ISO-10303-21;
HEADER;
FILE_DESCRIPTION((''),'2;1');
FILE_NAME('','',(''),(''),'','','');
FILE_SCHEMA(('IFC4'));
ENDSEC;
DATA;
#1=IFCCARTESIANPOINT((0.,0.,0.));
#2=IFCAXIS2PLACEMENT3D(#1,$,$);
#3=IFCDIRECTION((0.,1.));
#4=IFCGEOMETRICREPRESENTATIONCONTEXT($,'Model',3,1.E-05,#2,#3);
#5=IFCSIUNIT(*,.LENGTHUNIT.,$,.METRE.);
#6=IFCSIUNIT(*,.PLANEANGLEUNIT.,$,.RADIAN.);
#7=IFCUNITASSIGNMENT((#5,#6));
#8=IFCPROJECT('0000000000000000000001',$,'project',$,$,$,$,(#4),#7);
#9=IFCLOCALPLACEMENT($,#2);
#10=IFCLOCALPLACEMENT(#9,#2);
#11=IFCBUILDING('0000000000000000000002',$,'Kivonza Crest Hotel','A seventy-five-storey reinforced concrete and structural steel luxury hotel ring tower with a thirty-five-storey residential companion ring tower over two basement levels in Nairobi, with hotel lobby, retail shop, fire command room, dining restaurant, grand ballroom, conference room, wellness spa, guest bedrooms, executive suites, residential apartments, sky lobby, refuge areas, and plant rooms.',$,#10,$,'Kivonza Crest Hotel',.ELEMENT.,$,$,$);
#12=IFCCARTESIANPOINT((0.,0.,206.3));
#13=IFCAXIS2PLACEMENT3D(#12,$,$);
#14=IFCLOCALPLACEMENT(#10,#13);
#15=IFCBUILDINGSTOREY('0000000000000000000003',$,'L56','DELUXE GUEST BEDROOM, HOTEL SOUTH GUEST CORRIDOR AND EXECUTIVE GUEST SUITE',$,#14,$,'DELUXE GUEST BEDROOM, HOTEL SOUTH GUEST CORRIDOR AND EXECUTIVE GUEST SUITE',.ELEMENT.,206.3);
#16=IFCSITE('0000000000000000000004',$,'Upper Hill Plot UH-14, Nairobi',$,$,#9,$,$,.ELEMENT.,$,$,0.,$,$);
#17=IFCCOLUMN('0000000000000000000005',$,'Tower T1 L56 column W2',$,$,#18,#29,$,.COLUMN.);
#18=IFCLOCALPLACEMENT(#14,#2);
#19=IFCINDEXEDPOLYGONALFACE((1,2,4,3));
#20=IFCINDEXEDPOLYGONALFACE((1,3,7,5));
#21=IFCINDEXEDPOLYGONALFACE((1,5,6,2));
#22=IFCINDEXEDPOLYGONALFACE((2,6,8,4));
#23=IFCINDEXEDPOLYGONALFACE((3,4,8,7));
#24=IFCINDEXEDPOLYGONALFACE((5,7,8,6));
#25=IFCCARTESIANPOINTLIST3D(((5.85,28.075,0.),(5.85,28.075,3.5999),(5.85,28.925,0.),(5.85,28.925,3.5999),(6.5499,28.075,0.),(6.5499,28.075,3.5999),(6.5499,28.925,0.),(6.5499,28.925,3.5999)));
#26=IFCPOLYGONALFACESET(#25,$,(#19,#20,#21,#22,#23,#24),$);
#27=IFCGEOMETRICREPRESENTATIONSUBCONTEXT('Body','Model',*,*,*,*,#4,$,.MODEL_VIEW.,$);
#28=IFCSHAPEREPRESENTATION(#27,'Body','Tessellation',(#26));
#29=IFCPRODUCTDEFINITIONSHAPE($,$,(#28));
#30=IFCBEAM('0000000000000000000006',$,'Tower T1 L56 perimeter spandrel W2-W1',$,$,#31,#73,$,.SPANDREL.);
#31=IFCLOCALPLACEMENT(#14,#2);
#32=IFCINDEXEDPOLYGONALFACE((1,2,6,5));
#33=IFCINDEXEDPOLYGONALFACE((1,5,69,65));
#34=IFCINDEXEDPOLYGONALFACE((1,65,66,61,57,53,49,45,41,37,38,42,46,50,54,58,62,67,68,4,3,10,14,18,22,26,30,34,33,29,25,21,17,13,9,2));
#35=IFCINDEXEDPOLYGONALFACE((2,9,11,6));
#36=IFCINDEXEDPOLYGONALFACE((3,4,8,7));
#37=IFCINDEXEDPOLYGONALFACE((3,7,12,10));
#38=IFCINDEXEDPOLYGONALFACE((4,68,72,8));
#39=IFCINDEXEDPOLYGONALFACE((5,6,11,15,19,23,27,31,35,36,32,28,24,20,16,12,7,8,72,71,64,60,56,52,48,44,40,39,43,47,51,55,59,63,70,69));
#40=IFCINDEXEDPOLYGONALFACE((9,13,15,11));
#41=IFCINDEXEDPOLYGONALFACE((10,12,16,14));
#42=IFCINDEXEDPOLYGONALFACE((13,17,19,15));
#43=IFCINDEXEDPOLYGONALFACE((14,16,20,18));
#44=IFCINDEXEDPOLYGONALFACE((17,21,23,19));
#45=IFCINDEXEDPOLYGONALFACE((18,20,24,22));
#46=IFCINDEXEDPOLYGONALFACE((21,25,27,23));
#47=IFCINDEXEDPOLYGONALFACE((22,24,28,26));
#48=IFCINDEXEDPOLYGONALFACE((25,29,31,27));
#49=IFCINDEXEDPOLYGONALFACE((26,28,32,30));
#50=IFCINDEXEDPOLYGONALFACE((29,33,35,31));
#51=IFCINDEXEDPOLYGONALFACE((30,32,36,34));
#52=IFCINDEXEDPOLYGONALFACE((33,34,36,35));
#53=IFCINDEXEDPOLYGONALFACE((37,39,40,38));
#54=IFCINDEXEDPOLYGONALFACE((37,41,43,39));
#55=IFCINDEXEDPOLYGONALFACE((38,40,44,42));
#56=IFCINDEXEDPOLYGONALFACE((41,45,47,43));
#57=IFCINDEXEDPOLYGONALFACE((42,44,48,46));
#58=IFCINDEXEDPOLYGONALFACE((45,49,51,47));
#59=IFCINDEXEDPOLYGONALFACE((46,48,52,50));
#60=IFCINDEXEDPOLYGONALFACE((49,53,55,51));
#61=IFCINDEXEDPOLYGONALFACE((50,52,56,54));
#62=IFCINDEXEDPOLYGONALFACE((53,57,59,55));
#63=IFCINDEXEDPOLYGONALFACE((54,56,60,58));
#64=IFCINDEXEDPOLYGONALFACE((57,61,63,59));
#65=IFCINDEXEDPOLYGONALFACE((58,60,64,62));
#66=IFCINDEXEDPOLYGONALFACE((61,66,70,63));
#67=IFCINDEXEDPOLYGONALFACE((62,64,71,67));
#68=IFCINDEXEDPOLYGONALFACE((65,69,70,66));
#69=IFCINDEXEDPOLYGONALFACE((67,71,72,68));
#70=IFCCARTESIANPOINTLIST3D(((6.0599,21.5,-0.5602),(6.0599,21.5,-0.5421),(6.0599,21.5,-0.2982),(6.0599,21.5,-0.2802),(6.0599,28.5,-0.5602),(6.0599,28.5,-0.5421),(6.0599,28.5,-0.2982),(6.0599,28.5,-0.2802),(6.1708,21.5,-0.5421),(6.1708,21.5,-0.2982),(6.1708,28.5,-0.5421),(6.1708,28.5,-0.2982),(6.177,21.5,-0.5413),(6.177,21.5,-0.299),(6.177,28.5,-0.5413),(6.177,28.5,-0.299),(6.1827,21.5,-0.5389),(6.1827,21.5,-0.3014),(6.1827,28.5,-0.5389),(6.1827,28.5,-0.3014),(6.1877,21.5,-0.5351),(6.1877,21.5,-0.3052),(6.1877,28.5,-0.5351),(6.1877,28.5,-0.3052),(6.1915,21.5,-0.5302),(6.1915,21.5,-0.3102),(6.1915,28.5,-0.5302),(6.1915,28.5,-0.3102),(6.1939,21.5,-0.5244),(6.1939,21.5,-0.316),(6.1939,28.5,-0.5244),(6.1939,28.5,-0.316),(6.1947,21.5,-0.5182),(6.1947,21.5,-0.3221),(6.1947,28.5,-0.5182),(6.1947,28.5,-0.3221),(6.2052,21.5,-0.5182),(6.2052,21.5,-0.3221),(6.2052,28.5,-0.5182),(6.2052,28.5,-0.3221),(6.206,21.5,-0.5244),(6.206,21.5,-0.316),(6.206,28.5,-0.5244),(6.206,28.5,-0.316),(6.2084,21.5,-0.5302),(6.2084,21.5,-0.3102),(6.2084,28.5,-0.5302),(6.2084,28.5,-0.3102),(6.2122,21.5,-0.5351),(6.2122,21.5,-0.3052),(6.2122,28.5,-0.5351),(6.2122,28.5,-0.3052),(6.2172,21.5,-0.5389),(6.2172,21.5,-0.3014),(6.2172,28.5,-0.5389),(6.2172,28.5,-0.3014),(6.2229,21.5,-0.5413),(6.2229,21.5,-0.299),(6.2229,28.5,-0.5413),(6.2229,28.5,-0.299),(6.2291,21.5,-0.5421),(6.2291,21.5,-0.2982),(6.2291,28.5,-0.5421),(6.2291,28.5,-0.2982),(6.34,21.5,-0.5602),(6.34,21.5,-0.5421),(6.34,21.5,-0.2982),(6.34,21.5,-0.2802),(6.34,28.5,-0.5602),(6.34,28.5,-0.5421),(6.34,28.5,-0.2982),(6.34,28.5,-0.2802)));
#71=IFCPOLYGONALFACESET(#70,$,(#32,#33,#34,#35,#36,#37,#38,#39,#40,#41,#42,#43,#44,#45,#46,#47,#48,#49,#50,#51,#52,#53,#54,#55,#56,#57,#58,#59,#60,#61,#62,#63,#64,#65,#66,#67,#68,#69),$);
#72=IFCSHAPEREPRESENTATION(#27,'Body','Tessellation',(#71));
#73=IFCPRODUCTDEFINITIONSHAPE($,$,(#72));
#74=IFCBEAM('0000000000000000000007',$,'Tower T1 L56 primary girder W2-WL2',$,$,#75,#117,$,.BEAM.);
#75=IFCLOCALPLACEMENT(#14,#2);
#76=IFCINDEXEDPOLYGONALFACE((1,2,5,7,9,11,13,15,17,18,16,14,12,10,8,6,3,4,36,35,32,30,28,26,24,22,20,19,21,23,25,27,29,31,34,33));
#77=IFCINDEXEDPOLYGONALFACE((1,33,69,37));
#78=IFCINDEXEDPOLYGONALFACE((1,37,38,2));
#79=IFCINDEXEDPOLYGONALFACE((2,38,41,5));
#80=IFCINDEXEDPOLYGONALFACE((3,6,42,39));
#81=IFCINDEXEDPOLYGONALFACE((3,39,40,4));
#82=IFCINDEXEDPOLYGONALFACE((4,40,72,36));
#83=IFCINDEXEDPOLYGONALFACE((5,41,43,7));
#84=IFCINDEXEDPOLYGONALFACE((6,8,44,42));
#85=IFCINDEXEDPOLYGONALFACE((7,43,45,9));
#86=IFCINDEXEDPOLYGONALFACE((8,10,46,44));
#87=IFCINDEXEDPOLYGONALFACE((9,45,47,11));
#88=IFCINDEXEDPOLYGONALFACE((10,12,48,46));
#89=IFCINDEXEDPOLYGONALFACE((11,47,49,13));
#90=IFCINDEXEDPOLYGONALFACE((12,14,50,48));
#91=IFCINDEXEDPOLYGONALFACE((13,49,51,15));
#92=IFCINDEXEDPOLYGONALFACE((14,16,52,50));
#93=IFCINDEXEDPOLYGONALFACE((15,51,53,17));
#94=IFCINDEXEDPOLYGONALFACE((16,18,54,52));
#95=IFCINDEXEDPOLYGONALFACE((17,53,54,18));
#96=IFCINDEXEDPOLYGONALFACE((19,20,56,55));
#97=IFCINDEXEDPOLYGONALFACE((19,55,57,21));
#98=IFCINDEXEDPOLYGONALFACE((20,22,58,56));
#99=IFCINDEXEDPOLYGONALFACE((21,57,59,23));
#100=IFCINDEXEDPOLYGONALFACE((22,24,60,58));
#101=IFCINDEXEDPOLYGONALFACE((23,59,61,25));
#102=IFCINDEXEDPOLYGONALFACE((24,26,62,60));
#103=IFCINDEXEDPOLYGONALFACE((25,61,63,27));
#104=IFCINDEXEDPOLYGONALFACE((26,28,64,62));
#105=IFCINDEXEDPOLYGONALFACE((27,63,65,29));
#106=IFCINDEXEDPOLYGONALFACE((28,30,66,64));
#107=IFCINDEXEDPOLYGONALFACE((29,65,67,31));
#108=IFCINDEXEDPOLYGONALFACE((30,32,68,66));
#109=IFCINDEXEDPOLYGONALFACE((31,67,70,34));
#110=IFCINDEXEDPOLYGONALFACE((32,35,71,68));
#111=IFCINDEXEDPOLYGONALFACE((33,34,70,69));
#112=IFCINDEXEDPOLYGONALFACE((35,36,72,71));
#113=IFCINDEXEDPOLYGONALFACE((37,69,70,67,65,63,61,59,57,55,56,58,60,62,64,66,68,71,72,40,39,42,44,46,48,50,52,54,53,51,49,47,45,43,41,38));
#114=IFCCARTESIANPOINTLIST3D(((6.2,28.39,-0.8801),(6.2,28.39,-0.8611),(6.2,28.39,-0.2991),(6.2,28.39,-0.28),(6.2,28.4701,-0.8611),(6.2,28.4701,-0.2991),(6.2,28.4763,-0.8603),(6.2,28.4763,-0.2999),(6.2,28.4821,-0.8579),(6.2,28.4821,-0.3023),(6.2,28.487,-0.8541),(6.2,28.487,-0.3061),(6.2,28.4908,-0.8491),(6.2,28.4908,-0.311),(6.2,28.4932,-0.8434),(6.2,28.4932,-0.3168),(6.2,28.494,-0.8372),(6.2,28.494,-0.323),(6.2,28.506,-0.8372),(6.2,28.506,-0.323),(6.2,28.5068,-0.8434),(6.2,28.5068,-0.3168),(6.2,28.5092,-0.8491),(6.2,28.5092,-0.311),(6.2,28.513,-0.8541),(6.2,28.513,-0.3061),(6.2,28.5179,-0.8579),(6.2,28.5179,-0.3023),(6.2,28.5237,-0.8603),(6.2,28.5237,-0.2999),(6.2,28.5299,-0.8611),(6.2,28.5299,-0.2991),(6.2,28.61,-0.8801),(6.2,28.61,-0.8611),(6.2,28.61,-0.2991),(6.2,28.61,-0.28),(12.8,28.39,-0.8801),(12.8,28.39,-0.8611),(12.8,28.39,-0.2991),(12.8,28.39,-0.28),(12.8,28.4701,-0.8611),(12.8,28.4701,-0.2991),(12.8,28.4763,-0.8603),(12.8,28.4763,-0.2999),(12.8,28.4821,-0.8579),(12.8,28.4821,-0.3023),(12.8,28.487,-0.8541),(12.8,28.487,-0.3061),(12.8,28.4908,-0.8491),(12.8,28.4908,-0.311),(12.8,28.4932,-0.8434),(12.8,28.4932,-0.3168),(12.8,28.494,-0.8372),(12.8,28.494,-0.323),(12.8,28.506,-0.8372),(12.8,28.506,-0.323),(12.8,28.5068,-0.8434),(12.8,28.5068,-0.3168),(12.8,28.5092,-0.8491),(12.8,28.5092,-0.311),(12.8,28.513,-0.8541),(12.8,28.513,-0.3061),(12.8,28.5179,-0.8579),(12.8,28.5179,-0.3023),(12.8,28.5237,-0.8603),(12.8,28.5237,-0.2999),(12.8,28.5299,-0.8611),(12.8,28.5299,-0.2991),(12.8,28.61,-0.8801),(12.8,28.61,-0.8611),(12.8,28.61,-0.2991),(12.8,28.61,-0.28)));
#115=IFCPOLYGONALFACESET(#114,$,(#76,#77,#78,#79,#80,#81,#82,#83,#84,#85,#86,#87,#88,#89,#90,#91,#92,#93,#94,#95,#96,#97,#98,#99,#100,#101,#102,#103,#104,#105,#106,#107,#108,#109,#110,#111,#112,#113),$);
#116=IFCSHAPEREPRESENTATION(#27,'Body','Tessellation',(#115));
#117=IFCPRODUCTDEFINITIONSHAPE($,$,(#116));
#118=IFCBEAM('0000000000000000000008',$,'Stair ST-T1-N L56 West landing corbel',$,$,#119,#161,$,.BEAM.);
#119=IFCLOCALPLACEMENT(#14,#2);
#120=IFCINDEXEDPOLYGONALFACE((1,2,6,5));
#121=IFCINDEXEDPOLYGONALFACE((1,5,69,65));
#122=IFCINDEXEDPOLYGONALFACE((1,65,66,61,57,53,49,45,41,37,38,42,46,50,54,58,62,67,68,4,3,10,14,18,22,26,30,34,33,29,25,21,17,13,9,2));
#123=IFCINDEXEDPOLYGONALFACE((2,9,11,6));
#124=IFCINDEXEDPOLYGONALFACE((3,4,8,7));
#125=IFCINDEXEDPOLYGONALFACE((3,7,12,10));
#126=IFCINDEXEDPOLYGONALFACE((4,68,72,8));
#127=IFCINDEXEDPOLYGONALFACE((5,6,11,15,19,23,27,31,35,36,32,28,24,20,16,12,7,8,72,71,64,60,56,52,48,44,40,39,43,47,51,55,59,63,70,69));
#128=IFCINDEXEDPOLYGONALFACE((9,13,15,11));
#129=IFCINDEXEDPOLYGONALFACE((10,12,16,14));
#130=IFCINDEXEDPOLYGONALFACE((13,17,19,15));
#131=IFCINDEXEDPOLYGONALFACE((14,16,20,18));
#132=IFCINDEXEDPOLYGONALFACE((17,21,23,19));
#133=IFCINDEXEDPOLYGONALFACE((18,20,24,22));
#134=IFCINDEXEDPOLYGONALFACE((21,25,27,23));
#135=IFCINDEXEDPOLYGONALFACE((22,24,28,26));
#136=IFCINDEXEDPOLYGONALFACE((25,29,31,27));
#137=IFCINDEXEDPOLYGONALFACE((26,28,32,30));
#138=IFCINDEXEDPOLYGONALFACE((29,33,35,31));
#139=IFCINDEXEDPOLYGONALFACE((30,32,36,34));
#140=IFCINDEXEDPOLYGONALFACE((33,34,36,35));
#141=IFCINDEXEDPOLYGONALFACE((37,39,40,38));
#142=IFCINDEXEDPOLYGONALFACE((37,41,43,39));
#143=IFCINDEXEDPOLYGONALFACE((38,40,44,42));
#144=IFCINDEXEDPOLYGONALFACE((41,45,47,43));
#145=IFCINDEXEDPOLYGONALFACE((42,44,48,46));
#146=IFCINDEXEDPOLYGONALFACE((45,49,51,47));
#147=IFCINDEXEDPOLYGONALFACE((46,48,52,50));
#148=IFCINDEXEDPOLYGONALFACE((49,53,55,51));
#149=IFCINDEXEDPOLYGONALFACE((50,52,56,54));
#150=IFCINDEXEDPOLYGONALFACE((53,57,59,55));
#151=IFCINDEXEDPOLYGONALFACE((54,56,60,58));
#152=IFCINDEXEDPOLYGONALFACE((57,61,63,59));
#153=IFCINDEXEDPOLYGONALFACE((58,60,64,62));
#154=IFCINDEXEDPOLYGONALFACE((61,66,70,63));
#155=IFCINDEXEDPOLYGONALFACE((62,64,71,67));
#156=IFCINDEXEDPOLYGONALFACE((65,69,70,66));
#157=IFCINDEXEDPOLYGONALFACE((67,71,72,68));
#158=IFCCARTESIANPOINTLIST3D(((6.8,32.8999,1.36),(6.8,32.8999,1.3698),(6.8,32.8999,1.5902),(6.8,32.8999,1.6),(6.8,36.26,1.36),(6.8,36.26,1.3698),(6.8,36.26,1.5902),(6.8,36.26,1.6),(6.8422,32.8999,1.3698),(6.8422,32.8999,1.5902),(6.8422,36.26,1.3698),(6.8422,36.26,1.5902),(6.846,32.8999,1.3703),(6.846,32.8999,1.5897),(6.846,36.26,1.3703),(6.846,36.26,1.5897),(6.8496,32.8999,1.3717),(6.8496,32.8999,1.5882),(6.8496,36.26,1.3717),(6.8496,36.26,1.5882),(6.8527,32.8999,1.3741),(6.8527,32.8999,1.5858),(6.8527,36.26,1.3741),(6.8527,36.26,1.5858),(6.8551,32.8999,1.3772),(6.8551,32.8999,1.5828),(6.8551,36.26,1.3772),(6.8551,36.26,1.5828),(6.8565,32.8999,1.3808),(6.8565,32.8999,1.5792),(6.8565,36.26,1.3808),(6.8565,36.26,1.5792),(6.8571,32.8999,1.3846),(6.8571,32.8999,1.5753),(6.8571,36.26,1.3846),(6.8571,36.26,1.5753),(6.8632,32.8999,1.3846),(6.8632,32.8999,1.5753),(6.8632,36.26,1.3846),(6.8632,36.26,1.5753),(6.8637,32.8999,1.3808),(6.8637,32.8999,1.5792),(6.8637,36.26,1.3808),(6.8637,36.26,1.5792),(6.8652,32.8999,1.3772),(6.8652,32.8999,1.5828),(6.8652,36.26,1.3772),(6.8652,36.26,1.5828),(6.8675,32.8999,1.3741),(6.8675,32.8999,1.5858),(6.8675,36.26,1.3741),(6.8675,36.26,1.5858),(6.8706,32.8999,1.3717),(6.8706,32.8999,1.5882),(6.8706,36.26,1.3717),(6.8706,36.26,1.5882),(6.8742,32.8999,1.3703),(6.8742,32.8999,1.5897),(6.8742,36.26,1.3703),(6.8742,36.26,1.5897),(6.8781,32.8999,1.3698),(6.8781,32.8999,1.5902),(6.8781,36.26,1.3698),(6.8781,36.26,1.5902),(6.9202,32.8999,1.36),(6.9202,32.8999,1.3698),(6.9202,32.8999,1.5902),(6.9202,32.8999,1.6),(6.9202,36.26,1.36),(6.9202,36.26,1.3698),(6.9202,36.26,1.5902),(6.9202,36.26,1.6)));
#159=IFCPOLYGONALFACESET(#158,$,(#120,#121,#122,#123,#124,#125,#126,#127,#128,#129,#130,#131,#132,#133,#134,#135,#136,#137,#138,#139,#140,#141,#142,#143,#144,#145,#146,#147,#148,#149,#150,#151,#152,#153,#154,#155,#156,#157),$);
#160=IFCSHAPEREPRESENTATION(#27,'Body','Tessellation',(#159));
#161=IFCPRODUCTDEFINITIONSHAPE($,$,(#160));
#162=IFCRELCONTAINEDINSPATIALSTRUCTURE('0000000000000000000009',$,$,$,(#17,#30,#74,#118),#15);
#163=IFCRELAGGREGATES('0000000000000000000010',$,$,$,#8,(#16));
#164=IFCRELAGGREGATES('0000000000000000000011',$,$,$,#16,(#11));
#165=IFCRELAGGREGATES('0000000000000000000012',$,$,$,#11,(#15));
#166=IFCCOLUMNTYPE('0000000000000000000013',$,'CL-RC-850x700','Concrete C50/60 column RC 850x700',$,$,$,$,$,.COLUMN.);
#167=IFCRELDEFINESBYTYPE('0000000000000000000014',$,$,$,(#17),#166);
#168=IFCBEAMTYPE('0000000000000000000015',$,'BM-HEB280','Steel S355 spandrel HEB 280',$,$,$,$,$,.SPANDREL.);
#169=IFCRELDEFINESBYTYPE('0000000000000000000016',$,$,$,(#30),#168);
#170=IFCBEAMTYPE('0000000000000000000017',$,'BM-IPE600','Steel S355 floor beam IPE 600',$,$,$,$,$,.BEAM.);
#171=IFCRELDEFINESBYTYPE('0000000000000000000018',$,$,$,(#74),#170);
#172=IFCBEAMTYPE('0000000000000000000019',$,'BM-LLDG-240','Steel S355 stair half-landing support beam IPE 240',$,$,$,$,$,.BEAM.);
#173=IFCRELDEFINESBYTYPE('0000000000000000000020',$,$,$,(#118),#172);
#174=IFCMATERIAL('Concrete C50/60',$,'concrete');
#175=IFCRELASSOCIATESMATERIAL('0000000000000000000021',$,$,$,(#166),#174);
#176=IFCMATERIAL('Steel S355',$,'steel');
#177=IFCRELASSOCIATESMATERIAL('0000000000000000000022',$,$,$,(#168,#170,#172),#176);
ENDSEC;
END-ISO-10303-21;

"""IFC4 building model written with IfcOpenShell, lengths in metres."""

from ifc_helpers import new_model, si_unit, direction, frame, origin, origin_2d, place, context, subcontext, project, spatial, rectangle, i_section, extrude, material, material_profile, profile_set, type_object, element, save


model = new_model("IFC4")

# Units and contexts
model_context = context("Model", 3, precision=1e-05, world=origin(), true_north=direction((0.0, 1.0)))
body_context = subcontext(model_context, "Body", "Model", "MODEL_VIEW")
ifc_project = project(units=[si_unit("LENGTHUNIT", "METRE"), si_unit("PLANEANGLEUNIT", "RADIAN")], contexts=[model_context])

# Site, building, storey
site_placement = place(None, origin())
site = spatial("IfcSite", under=ifc_project, at=site_placement, Name="Upper Hill Plot UH-14, Nairobi", CompositionType="ELEMENT", RefElevation=0.0)
building_placement = place(site_placement, origin())
building = spatial("IfcBuilding", under=site, at=building_placement, Name="Kivonza Crest Hotel", Description="A seventy-five-storey reinforced concrete and structural steel luxury hotel ring tower with a thirty-five-storey residential companion ring tower over two basement levels in Nairobi, with hotel lobby, retail shop, fire command room, dining restaurant, grand ballroom, conference room, wellness spa, guest bedrooms, executive suites, residential apartments, sky lobby, refuge areas, and plant rooms.", LongName="Kivonza Crest Hotel", CompositionType="ELEMENT")
storey_placement = place(building_placement, frame((0.0, 0.0, 206.3)))
storey = spatial("IfcBuildingStorey", under=building, at=storey_placement, Name="L56", Description="DELUXE GUEST BEDROOM, HOTEL SOUTH GUEST CORRIDOR AND EXECUTIVE GUEST SUITE", LongName="DELUXE GUEST BEDROOM, HOTEL SOUTH GUEST CORRIDOR AND EXECUTIVE GUEST SUITE", CompositionType="ELEMENT", Elevation=206.3)

# Column
ifc_material_1 = material(Name="Concrete C50/60", Category="concrete")
ifc_material_profile_1 = material_profile(ifc_material_1, rectangle(XDim=0.7, YDim=0.8501, at=origin_2d()), Name="RC 850x700")
ifc_profile_set_1 = profile_set([ifc_material_profile_1], Name="Concrete C50/60")
column_type = type_object("IfcColumnType", Name="CL-RC-850x700", Description="Concrete C50/60 column RC 850x700", PredefinedType="COLUMN", material=ifc_profile_set_1)
column_placement = place(storey_placement, frame((6.2, 28.5, 0.0), z_axis=(0.0, 0.0, 1.0), x_axis=(1.0, 0.0, 0.0)))
element("IfcColumn", 1, at=column_placement, inside=storey, type_object=column_type, Name="Tower T1 L56 column W2", PredefinedType="COLUMN", context=body_context, shape_type="SweptSolid", body=[
    extrude(rectangle(XDim=0.7, YDim=0.8501, at=origin_2d()), origin(), (0.0, 0.0, 1.0), 3.5999),
])

# Beams
ifc_material_2 = material(Name="Steel S355", Category="steel")
ifc_material_profile_2 = material_profile(ifc_material_2, i_section(OverallWidth=0.28, OverallDepth=0.28, WebThickness=0.0105, FlangeThickness=0.0181, FilletRadius=0.0239, at=origin_2d()), Name="HEB 280")
ifc_profile_set_2 = profile_set([ifc_material_profile_2], Name="Steel S355")
beam_type_1 = type_object("IfcBeamType", Name="BM-HEB280", Description="Steel S355 spandrel HEB 280", PredefinedType="SPANDREL", material=ifc_profile_set_2)
beam_1_placement = place(storey_placement, frame((6.2, 28.5, -0.4202), z_axis=(0.0, -1.0, 0.0), x_axis=(1.0, 0.0, 0.0)))
element("IfcBeam", 2, at=beam_1_placement, inside=storey, type_object=beam_type_1, Name="Tower T1 L56 perimeter spandrel W2-W1", PredefinedType="SPANDREL", context=body_context, shape_type="SweptSolid", body=[
    extrude(i_section(OverallWidth=0.28, OverallDepth=0.28, WebThickness=0.0105, FlangeThickness=0.0181, FilletRadius=0.0239, at=origin_2d()), origin(), (0.0, 0.0, 1.0), 7.0),
])
ifc_material_profile_3 = material_profile(ifc_material_2, i_section(OverallWidth=0.22, OverallDepth=0.6001, WebThickness=0.012, FlangeThickness=0.019, FilletRadius=0.0239, at=origin_2d()), Name="IPE 600")
ifc_profile_set_3 = profile_set([ifc_material_profile_3], Name="Steel S355")
beam_type_2 = type_object("IfcBeamType", Name="BM-IPE600", Description="Steel S355 floor beam IPE 600", PredefinedType="BEAM", material=ifc_profile_set_3)
beam_2_placement = place(storey_placement, frame((6.2, 28.5, -0.5801), z_axis=(1.0, 0.0, 0.0), x_axis=(0.0, 1.0, 0.0)))
element("IfcBeam", 3, at=beam_2_placement, inside=storey, type_object=beam_type_2, Name="Tower T1 L56 primary girder W2-WL2", PredefinedType="BEAM", context=body_context, shape_type="SweptSolid", body=[
    extrude(i_section(OverallWidth=0.22, OverallDepth=0.6001, WebThickness=0.012, FlangeThickness=0.019, FilletRadius=0.0239, at=origin_2d()), origin(), (0.0, 0.0, 1.0), 6.6001),
])
ifc_material_profile_4 = material_profile(ifc_material_2, i_section(OverallWidth=0.1201, OverallDepth=0.24, WebThickness=0.0061, FlangeThickness=0.0098, FilletRadius=0.0149, at=origin_2d()), Name="IPE 240")
ifc_profile_set_4 = profile_set([ifc_material_profile_4], Name="Steel S355")
beam_type_3 = type_object("IfcBeamType", Name="BM-LLDG-240", Description="Steel S355 stair half-landing support beam IPE 240", PredefinedType="BEAM", material=ifc_profile_set_4)
beam_3_placement = place(storey_placement, frame((6.8601, 32.8999, 1.48), z_axis=(0.0, 1.0, 0.0), x_axis=(-1.0, 0.0, 0.0)))
element("IfcBeam", 4, at=beam_3_placement, inside=storey, type_object=beam_type_3, Name="Stair ST-T1-N L56 West landing corbel", PredefinedType="BEAM", context=body_context, shape_type="SweptSolid", body=[
    extrude(i_section(OverallWidth=0.1201, OverallDepth=0.24, WebThickness=0.0061, FlangeThickness=0.0098, FilletRadius=0.0149, at=origin_2d()), origin(), (0.0, 0.0, 1.0), 3.3601),
])

save(model, "model.ifc")
